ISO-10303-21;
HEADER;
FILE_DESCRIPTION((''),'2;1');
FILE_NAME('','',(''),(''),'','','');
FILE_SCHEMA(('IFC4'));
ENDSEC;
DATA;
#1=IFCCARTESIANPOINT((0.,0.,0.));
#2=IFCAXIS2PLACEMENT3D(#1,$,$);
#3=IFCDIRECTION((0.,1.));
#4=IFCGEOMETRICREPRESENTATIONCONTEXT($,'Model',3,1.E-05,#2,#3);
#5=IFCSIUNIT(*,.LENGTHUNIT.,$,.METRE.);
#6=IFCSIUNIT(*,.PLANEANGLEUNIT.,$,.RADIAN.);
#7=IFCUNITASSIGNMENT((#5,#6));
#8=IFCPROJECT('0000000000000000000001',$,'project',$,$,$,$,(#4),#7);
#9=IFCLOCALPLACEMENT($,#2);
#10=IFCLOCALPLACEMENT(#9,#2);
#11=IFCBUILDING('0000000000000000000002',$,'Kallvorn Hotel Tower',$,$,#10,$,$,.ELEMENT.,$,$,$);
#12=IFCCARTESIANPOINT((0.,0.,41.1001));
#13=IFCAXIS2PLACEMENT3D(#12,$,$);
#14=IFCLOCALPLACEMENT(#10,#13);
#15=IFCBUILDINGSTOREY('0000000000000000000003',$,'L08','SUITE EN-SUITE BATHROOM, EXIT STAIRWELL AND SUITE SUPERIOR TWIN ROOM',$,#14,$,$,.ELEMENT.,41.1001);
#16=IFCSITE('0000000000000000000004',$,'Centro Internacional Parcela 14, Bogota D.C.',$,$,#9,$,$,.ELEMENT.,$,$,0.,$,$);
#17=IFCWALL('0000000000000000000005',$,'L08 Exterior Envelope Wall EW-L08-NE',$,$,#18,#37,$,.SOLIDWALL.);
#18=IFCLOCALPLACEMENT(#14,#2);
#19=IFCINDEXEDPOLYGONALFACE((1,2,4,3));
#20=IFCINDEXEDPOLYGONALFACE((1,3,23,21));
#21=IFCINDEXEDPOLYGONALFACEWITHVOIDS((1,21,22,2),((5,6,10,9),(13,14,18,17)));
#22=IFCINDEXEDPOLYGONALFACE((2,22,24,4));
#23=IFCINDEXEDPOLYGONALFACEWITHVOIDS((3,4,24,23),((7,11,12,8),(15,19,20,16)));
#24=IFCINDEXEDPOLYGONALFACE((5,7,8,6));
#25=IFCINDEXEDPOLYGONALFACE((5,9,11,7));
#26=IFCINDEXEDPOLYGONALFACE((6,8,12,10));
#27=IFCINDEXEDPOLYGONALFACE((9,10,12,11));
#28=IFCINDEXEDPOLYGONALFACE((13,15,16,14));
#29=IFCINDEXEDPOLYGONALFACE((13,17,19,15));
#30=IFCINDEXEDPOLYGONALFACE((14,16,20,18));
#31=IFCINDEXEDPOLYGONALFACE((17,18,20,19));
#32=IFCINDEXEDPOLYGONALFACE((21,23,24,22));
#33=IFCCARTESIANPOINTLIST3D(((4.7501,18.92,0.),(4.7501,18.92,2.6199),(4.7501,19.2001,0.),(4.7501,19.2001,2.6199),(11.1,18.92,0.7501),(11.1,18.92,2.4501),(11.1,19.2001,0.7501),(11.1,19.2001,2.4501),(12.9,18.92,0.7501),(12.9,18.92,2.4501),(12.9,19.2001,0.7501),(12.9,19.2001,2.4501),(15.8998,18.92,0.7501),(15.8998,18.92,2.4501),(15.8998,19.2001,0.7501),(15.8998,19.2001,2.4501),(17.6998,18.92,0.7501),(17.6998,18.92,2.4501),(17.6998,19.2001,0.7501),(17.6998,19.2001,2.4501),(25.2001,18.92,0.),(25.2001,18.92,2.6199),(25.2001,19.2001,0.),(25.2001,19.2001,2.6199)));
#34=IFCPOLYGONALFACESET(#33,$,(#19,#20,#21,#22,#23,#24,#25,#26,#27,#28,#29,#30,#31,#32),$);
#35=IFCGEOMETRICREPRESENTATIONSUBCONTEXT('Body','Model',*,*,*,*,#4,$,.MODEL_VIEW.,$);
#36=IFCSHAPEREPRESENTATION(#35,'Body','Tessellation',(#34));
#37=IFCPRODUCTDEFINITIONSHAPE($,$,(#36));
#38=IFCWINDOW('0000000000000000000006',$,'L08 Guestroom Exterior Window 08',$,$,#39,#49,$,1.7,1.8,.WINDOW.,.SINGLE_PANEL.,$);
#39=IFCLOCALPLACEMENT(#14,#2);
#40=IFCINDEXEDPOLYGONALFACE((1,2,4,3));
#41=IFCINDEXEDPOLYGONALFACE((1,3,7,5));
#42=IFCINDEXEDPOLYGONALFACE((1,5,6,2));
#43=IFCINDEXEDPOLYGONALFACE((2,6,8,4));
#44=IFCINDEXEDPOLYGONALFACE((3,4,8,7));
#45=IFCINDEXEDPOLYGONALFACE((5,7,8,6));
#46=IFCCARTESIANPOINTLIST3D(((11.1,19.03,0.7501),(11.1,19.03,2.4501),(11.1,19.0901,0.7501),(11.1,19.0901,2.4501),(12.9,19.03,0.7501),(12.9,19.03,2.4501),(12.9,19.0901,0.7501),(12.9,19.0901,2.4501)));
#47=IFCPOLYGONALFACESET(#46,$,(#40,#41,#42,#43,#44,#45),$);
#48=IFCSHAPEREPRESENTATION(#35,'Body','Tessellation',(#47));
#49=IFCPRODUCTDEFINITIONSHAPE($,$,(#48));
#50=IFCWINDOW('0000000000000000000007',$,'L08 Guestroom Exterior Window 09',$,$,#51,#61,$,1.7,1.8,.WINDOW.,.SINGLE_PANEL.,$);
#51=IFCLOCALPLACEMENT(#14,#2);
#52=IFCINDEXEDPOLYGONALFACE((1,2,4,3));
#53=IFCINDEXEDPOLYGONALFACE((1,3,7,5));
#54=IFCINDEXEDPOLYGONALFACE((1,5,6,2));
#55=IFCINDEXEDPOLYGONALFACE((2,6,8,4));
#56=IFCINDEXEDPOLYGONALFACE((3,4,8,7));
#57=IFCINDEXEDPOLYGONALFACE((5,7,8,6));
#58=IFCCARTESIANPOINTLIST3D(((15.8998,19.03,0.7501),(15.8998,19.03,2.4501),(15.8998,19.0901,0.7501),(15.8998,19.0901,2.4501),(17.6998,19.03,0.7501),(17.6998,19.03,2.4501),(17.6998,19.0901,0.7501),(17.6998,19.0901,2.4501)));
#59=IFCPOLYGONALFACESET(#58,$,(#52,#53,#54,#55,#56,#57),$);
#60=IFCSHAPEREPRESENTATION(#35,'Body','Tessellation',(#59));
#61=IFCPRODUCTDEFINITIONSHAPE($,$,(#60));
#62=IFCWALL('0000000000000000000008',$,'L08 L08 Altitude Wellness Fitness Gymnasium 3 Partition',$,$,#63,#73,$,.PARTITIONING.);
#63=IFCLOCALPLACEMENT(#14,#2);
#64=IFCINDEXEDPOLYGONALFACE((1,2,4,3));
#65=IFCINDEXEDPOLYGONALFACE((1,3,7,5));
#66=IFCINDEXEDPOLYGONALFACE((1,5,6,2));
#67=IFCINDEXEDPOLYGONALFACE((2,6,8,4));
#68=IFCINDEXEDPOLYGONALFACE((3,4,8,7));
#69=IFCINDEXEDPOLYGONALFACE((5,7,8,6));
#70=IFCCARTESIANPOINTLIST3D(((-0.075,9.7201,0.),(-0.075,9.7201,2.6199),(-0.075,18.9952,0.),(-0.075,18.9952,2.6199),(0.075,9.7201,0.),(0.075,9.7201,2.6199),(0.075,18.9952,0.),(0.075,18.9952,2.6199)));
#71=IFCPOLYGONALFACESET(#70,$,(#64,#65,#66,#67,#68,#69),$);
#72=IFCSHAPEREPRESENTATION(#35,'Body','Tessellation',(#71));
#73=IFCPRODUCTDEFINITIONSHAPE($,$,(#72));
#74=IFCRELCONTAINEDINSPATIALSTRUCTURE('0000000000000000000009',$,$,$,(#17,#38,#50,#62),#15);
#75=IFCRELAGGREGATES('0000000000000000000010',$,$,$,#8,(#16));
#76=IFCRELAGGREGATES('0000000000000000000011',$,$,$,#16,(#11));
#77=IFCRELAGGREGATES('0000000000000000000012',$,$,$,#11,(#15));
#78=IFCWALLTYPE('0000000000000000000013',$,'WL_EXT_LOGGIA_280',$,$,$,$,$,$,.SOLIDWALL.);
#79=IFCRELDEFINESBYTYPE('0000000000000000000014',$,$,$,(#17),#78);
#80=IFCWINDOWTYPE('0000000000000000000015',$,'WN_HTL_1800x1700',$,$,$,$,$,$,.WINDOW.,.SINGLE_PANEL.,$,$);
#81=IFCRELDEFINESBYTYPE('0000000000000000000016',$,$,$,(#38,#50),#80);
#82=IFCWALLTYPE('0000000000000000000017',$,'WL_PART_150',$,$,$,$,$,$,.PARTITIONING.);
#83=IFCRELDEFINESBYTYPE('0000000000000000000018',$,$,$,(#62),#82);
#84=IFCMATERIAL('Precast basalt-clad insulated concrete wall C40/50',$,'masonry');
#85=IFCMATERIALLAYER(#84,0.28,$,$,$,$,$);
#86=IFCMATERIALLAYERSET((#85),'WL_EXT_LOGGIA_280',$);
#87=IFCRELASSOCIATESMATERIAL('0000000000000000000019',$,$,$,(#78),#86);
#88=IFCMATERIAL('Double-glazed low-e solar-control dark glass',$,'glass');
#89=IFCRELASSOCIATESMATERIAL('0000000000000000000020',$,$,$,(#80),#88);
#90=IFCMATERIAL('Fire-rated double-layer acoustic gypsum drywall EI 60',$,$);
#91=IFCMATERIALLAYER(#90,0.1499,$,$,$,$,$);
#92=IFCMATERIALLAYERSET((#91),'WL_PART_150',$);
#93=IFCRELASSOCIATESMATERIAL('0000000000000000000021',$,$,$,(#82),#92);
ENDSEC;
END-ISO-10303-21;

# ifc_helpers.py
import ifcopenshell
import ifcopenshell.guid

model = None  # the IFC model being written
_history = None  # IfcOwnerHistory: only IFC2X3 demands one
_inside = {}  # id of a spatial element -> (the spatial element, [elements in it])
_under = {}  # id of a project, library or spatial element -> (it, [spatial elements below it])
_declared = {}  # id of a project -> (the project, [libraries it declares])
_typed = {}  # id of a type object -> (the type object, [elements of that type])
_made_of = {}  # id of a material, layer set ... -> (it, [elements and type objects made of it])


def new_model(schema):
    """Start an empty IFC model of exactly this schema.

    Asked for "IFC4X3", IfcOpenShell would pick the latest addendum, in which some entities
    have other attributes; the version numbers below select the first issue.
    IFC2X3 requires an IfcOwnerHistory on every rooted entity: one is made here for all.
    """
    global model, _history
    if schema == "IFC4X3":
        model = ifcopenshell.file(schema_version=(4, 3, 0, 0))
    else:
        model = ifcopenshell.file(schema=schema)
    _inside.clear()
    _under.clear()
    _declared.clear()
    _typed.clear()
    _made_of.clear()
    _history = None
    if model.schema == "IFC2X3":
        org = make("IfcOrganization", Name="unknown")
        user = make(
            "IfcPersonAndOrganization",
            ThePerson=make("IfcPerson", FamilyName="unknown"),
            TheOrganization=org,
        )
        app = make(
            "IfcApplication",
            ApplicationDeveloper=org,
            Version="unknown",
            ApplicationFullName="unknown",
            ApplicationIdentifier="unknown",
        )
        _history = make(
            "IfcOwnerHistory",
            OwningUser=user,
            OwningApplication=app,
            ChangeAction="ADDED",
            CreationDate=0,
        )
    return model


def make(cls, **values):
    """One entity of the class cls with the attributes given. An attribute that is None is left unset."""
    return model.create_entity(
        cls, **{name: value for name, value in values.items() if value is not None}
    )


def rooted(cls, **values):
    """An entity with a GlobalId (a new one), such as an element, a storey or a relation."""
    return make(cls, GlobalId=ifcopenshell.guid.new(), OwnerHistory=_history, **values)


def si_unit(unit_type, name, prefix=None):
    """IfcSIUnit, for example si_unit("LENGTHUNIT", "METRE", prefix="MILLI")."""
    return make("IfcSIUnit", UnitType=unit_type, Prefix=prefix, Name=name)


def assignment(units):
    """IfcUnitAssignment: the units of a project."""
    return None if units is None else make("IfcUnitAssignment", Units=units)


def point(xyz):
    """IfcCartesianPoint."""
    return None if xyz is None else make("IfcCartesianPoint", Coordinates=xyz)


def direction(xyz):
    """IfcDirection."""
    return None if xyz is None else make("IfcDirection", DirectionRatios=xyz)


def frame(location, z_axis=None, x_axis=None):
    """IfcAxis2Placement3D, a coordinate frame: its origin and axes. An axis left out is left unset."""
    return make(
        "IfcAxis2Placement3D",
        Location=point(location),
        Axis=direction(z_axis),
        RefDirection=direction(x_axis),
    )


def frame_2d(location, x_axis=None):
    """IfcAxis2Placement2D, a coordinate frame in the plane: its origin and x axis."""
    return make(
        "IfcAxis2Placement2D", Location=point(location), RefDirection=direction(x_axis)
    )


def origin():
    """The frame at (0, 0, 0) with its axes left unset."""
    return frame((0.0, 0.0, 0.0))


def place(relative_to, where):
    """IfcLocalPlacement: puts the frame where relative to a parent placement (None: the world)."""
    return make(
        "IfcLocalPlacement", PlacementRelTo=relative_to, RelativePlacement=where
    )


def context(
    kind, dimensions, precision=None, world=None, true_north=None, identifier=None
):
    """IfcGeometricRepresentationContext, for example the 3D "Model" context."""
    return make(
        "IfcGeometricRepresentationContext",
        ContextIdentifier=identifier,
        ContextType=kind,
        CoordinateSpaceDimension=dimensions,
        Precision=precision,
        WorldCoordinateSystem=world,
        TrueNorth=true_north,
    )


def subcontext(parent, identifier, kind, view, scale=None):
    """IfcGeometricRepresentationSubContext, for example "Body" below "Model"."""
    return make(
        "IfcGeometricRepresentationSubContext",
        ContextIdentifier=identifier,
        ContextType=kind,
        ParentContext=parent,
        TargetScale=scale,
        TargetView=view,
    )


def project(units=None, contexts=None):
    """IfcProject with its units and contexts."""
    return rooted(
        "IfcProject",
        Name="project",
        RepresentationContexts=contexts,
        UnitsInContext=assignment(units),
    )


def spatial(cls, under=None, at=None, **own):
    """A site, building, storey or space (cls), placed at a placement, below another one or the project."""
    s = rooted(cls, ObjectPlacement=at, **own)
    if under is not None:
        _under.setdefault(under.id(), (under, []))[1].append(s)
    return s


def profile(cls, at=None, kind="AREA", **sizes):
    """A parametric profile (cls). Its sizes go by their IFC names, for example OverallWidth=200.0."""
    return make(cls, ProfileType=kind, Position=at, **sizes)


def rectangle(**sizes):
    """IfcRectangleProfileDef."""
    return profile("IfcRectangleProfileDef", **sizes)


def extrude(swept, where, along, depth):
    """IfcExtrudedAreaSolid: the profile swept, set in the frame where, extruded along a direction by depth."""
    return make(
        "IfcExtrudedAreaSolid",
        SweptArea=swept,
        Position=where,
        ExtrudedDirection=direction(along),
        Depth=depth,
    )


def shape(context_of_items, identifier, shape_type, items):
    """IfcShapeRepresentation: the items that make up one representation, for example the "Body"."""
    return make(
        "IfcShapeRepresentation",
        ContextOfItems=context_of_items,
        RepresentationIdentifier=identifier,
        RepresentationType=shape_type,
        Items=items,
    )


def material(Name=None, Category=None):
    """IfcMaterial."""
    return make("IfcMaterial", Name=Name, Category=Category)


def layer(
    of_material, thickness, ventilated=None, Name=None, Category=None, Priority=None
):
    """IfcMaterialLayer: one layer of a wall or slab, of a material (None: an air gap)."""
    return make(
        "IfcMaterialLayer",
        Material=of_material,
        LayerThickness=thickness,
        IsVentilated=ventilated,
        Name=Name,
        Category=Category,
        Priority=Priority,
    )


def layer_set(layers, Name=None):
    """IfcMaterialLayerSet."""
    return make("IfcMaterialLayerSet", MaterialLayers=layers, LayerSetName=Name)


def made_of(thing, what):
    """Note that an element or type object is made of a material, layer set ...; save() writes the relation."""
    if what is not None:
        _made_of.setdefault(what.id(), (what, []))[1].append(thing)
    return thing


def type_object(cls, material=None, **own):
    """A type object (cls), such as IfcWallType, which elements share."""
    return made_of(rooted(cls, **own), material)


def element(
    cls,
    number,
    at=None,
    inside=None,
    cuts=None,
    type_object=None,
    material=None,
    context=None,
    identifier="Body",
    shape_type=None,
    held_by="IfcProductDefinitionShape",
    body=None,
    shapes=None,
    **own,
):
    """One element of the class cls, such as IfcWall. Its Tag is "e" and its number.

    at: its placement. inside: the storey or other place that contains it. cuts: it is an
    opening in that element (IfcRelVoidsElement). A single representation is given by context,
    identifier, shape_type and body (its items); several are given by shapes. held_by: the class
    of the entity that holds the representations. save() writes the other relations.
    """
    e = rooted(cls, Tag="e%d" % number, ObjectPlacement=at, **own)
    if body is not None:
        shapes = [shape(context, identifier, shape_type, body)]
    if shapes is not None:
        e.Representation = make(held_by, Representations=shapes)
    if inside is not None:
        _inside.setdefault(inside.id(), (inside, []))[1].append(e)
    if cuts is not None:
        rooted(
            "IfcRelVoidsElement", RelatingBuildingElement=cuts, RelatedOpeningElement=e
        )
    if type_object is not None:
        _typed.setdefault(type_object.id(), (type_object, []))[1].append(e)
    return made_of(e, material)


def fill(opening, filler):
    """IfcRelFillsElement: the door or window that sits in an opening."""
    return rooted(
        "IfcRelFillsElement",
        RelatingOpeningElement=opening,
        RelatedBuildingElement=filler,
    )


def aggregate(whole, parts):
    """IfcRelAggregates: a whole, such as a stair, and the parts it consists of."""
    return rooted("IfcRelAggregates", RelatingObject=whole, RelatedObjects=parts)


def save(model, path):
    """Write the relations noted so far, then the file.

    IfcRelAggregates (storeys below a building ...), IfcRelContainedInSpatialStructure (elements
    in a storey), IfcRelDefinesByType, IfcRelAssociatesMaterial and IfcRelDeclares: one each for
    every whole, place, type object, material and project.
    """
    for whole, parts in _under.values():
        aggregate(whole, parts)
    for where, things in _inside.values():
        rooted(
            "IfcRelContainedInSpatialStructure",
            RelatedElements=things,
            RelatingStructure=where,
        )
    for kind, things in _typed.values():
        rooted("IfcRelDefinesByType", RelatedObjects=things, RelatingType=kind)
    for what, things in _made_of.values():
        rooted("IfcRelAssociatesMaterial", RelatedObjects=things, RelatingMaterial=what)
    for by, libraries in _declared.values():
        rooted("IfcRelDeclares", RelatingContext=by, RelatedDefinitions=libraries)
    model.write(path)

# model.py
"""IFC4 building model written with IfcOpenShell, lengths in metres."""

from ifc_helpers import new_model, si_unit, direction, frame, frame_2d, origin, place, context, subcontext, project, spatial, rectangle, extrude, material, layer, layer_set, type_object, element, fill, save


model = new_model("IFC4")

# Units and contexts
model_context = context("Model", 3, precision=1e-05, world=origin(), true_north=direction((0.0, 1.0)))
body_context = subcontext(model_context, "Body", "Model", "MODEL_VIEW")
ifc_project = project(units=[si_unit("LENGTHUNIT", "METRE"), si_unit("PLANEANGLEUNIT", "RADIAN")], contexts=[model_context])

# Site, building, storey
site_placement = place(None, origin())
site = spatial("IfcSite", under=ifc_project, at=site_placement, Name="Centro Internacional Parcela 14, Bogota D.C.", CompositionType="ELEMENT", RefElevation=0.0)
building_placement = place(site_placement, origin())
building = spatial("IfcBuilding", under=site, at=building_placement, Name="Kallvorn Hotel Tower", CompositionType="ELEMENT")
storey_placement = place(building_placement, frame((0.0, 0.0, 41.1001)))
storey = spatial("IfcBuildingStorey", under=building, at=storey_placement, Name="L08", Description="SUITE EN-SUITE BATHROOM, EXIT STAIRWELL AND SUITE SUPERIOR TWIN ROOM", CompositionType="ELEMENT", Elevation=41.1001)

# Wall, openings, windows
ifc_material_1 = material(Name="Precast basalt-clad insulated concrete wall C40/50", Category="masonry")
ifc_layer_1 = layer(ifc_material_1, 0.28)
ifc_layer_set_1 = layer_set([ifc_layer_1], Name="WL_EXT_LOGGIA_280")
wall_type_1 = type_object("IfcWallType", Name="WL_EXT_LOGGIA_280", PredefinedType="SOLIDWALL", material=ifc_layer_set_1)
wall_1_placement = place(storey_placement, frame((4.75, 19.0601, 0.0), z_axis=(0.0, 0.0, 1.0), x_axis=(1.0, 0.0, 0.0)))
wall_1 = element("IfcWall", 1, at=wall_1_placement, inside=storey, type_object=wall_type_1, Name="L08 Exterior Envelope Wall EW-L08-NE", PredefinedType="SOLIDWALL", context=body_context, shape_type="SweptSolid", body=[
    extrude(rectangle(XDim=20.45, YDim=0.28, at=frame_2d((10.2251, 0.0))), origin(), (0.0, 0.0, 1.0), 2.6199),
])
opening_1_placement = place(wall_1_placement, frame((6.3501, 0.0, 0.75)))
opening_1 = element("IfcOpeningElement", 2, at=opening_1_placement, cuts=wall_1, PredefinedType="OPENING", context=body_context, shape_type="SweptSolid", body=[
    extrude(rectangle(XDim=1.8, YDim=1.7, at=frame_2d((0.8999, 0.8501))), frame((0.0, 0.155, 0.0), z_axis=(0.0, -1.0, 0.0), x_axis=(1.0, 0.0, 0.0)), (0.0, 0.0, 1.0), 0.3101),
])
opening_2_placement = place(wall_1_placement, frame((11.1499, 0.0, 0.75)))
opening_2 = element("IfcOpeningElement", 3, at=opening_2_placement, cuts=wall_1, PredefinedType="OPENING", context=body_context, shape_type="SweptSolid", body=[
    extrude(rectangle(XDim=1.8, YDim=1.7, at=frame_2d((0.8999, 0.8501))), frame((0.0, 0.155, 0.0), z_axis=(0.0, -1.0, 0.0), x_axis=(1.0, 0.0, 0.0)), (0.0, 0.0, 1.0), 0.3101),
])
ifc_material_2 = material(Name="Double-glazed low-e solar-control dark glass", Category="glass")
window_type = type_object("IfcWindowType", Name="WN_HTL_1800x1700", PartitioningType="SINGLE_PANEL", PredefinedType="WINDOW", material=ifc_material_2)
window_1_placement = place(opening_1_placement, origin())
window_1 = element("IfcWindow", 4, at=window_1_placement, inside=storey, type_object=window_type, Name="L08 Guestroom Exterior Window 08", OverallHeight=1.7, OverallWidth=1.8, PartitioningType="SINGLE_PANEL", PredefinedType="WINDOW", context=body_context, shape_type="SweptSolid", body=[
    extrude(rectangle(XDim=1.8, YDim=1.7, at=frame_2d((0.8999, 0.8501))), frame((0.0, 0.03, 0.0), z_axis=(0.0, -1.0, 0.0), x_axis=(1.0, 0.0, 0.0)), (0.0, 0.0, 1.0), 0.0601),
])
fill(opening_1, window_1)
window_2_placement = place(opening_2_placement, origin())
window_2 = element("IfcWindow", 5, at=window_2_placement, inside=storey, type_object=window_type, Name="L08 Guestroom Exterior Window 09", OverallHeight=1.7, OverallWidth=1.8, PartitioningType="SINGLE_PANEL", PredefinedType="WINDOW", context=body_context, shape_type="SweptSolid", body=[
    extrude(rectangle(XDim=1.8, YDim=1.7, at=frame_2d((0.8999, 0.8501))), frame((0.0, 0.03, 0.0), z_axis=(0.0, -1.0, 0.0), x_axis=(1.0, 0.0, 0.0)), (0.0, 0.0, 1.0), 0.0601),
])
fill(opening_2, window_2)

# Wall
ifc_material_3 = material(Name="Fire-rated double-layer acoustic gypsum drywall EI 60")
ifc_layer_2 = layer(ifc_material_3, 0.1499)
ifc_layer_set_2 = layer_set([ifc_layer_2], Name="WL_PART_150")
wall_type_2 = type_object("IfcWallType", Name="WL_PART_150", PredefinedType="PARTITIONING", material=ifc_layer_set_2)
wall_2_placement = place(storey_placement, frame((0.0, 9.72, 0.0), z_axis=(0.0, 0.0, 1.0), x_axis=(0.0, 1.0, 0.0)))
element("IfcWall", 6, at=wall_2_placement, inside=storey, type_object=wall_type_2, Name="L08 L08 Altitude Wellness Fitness Gymnasium 3 Partition", PredefinedType="PARTITIONING", context=body_context, shape_type="SweptSolid", body=[
    extrude(rectangle(XDim=9.2751, YDim=0.1499, at=frame_2d((4.6377, 0.0))), origin(), (0.0, 0.0, 1.0), 2.6199),
])

save(model, "model.ifc")
